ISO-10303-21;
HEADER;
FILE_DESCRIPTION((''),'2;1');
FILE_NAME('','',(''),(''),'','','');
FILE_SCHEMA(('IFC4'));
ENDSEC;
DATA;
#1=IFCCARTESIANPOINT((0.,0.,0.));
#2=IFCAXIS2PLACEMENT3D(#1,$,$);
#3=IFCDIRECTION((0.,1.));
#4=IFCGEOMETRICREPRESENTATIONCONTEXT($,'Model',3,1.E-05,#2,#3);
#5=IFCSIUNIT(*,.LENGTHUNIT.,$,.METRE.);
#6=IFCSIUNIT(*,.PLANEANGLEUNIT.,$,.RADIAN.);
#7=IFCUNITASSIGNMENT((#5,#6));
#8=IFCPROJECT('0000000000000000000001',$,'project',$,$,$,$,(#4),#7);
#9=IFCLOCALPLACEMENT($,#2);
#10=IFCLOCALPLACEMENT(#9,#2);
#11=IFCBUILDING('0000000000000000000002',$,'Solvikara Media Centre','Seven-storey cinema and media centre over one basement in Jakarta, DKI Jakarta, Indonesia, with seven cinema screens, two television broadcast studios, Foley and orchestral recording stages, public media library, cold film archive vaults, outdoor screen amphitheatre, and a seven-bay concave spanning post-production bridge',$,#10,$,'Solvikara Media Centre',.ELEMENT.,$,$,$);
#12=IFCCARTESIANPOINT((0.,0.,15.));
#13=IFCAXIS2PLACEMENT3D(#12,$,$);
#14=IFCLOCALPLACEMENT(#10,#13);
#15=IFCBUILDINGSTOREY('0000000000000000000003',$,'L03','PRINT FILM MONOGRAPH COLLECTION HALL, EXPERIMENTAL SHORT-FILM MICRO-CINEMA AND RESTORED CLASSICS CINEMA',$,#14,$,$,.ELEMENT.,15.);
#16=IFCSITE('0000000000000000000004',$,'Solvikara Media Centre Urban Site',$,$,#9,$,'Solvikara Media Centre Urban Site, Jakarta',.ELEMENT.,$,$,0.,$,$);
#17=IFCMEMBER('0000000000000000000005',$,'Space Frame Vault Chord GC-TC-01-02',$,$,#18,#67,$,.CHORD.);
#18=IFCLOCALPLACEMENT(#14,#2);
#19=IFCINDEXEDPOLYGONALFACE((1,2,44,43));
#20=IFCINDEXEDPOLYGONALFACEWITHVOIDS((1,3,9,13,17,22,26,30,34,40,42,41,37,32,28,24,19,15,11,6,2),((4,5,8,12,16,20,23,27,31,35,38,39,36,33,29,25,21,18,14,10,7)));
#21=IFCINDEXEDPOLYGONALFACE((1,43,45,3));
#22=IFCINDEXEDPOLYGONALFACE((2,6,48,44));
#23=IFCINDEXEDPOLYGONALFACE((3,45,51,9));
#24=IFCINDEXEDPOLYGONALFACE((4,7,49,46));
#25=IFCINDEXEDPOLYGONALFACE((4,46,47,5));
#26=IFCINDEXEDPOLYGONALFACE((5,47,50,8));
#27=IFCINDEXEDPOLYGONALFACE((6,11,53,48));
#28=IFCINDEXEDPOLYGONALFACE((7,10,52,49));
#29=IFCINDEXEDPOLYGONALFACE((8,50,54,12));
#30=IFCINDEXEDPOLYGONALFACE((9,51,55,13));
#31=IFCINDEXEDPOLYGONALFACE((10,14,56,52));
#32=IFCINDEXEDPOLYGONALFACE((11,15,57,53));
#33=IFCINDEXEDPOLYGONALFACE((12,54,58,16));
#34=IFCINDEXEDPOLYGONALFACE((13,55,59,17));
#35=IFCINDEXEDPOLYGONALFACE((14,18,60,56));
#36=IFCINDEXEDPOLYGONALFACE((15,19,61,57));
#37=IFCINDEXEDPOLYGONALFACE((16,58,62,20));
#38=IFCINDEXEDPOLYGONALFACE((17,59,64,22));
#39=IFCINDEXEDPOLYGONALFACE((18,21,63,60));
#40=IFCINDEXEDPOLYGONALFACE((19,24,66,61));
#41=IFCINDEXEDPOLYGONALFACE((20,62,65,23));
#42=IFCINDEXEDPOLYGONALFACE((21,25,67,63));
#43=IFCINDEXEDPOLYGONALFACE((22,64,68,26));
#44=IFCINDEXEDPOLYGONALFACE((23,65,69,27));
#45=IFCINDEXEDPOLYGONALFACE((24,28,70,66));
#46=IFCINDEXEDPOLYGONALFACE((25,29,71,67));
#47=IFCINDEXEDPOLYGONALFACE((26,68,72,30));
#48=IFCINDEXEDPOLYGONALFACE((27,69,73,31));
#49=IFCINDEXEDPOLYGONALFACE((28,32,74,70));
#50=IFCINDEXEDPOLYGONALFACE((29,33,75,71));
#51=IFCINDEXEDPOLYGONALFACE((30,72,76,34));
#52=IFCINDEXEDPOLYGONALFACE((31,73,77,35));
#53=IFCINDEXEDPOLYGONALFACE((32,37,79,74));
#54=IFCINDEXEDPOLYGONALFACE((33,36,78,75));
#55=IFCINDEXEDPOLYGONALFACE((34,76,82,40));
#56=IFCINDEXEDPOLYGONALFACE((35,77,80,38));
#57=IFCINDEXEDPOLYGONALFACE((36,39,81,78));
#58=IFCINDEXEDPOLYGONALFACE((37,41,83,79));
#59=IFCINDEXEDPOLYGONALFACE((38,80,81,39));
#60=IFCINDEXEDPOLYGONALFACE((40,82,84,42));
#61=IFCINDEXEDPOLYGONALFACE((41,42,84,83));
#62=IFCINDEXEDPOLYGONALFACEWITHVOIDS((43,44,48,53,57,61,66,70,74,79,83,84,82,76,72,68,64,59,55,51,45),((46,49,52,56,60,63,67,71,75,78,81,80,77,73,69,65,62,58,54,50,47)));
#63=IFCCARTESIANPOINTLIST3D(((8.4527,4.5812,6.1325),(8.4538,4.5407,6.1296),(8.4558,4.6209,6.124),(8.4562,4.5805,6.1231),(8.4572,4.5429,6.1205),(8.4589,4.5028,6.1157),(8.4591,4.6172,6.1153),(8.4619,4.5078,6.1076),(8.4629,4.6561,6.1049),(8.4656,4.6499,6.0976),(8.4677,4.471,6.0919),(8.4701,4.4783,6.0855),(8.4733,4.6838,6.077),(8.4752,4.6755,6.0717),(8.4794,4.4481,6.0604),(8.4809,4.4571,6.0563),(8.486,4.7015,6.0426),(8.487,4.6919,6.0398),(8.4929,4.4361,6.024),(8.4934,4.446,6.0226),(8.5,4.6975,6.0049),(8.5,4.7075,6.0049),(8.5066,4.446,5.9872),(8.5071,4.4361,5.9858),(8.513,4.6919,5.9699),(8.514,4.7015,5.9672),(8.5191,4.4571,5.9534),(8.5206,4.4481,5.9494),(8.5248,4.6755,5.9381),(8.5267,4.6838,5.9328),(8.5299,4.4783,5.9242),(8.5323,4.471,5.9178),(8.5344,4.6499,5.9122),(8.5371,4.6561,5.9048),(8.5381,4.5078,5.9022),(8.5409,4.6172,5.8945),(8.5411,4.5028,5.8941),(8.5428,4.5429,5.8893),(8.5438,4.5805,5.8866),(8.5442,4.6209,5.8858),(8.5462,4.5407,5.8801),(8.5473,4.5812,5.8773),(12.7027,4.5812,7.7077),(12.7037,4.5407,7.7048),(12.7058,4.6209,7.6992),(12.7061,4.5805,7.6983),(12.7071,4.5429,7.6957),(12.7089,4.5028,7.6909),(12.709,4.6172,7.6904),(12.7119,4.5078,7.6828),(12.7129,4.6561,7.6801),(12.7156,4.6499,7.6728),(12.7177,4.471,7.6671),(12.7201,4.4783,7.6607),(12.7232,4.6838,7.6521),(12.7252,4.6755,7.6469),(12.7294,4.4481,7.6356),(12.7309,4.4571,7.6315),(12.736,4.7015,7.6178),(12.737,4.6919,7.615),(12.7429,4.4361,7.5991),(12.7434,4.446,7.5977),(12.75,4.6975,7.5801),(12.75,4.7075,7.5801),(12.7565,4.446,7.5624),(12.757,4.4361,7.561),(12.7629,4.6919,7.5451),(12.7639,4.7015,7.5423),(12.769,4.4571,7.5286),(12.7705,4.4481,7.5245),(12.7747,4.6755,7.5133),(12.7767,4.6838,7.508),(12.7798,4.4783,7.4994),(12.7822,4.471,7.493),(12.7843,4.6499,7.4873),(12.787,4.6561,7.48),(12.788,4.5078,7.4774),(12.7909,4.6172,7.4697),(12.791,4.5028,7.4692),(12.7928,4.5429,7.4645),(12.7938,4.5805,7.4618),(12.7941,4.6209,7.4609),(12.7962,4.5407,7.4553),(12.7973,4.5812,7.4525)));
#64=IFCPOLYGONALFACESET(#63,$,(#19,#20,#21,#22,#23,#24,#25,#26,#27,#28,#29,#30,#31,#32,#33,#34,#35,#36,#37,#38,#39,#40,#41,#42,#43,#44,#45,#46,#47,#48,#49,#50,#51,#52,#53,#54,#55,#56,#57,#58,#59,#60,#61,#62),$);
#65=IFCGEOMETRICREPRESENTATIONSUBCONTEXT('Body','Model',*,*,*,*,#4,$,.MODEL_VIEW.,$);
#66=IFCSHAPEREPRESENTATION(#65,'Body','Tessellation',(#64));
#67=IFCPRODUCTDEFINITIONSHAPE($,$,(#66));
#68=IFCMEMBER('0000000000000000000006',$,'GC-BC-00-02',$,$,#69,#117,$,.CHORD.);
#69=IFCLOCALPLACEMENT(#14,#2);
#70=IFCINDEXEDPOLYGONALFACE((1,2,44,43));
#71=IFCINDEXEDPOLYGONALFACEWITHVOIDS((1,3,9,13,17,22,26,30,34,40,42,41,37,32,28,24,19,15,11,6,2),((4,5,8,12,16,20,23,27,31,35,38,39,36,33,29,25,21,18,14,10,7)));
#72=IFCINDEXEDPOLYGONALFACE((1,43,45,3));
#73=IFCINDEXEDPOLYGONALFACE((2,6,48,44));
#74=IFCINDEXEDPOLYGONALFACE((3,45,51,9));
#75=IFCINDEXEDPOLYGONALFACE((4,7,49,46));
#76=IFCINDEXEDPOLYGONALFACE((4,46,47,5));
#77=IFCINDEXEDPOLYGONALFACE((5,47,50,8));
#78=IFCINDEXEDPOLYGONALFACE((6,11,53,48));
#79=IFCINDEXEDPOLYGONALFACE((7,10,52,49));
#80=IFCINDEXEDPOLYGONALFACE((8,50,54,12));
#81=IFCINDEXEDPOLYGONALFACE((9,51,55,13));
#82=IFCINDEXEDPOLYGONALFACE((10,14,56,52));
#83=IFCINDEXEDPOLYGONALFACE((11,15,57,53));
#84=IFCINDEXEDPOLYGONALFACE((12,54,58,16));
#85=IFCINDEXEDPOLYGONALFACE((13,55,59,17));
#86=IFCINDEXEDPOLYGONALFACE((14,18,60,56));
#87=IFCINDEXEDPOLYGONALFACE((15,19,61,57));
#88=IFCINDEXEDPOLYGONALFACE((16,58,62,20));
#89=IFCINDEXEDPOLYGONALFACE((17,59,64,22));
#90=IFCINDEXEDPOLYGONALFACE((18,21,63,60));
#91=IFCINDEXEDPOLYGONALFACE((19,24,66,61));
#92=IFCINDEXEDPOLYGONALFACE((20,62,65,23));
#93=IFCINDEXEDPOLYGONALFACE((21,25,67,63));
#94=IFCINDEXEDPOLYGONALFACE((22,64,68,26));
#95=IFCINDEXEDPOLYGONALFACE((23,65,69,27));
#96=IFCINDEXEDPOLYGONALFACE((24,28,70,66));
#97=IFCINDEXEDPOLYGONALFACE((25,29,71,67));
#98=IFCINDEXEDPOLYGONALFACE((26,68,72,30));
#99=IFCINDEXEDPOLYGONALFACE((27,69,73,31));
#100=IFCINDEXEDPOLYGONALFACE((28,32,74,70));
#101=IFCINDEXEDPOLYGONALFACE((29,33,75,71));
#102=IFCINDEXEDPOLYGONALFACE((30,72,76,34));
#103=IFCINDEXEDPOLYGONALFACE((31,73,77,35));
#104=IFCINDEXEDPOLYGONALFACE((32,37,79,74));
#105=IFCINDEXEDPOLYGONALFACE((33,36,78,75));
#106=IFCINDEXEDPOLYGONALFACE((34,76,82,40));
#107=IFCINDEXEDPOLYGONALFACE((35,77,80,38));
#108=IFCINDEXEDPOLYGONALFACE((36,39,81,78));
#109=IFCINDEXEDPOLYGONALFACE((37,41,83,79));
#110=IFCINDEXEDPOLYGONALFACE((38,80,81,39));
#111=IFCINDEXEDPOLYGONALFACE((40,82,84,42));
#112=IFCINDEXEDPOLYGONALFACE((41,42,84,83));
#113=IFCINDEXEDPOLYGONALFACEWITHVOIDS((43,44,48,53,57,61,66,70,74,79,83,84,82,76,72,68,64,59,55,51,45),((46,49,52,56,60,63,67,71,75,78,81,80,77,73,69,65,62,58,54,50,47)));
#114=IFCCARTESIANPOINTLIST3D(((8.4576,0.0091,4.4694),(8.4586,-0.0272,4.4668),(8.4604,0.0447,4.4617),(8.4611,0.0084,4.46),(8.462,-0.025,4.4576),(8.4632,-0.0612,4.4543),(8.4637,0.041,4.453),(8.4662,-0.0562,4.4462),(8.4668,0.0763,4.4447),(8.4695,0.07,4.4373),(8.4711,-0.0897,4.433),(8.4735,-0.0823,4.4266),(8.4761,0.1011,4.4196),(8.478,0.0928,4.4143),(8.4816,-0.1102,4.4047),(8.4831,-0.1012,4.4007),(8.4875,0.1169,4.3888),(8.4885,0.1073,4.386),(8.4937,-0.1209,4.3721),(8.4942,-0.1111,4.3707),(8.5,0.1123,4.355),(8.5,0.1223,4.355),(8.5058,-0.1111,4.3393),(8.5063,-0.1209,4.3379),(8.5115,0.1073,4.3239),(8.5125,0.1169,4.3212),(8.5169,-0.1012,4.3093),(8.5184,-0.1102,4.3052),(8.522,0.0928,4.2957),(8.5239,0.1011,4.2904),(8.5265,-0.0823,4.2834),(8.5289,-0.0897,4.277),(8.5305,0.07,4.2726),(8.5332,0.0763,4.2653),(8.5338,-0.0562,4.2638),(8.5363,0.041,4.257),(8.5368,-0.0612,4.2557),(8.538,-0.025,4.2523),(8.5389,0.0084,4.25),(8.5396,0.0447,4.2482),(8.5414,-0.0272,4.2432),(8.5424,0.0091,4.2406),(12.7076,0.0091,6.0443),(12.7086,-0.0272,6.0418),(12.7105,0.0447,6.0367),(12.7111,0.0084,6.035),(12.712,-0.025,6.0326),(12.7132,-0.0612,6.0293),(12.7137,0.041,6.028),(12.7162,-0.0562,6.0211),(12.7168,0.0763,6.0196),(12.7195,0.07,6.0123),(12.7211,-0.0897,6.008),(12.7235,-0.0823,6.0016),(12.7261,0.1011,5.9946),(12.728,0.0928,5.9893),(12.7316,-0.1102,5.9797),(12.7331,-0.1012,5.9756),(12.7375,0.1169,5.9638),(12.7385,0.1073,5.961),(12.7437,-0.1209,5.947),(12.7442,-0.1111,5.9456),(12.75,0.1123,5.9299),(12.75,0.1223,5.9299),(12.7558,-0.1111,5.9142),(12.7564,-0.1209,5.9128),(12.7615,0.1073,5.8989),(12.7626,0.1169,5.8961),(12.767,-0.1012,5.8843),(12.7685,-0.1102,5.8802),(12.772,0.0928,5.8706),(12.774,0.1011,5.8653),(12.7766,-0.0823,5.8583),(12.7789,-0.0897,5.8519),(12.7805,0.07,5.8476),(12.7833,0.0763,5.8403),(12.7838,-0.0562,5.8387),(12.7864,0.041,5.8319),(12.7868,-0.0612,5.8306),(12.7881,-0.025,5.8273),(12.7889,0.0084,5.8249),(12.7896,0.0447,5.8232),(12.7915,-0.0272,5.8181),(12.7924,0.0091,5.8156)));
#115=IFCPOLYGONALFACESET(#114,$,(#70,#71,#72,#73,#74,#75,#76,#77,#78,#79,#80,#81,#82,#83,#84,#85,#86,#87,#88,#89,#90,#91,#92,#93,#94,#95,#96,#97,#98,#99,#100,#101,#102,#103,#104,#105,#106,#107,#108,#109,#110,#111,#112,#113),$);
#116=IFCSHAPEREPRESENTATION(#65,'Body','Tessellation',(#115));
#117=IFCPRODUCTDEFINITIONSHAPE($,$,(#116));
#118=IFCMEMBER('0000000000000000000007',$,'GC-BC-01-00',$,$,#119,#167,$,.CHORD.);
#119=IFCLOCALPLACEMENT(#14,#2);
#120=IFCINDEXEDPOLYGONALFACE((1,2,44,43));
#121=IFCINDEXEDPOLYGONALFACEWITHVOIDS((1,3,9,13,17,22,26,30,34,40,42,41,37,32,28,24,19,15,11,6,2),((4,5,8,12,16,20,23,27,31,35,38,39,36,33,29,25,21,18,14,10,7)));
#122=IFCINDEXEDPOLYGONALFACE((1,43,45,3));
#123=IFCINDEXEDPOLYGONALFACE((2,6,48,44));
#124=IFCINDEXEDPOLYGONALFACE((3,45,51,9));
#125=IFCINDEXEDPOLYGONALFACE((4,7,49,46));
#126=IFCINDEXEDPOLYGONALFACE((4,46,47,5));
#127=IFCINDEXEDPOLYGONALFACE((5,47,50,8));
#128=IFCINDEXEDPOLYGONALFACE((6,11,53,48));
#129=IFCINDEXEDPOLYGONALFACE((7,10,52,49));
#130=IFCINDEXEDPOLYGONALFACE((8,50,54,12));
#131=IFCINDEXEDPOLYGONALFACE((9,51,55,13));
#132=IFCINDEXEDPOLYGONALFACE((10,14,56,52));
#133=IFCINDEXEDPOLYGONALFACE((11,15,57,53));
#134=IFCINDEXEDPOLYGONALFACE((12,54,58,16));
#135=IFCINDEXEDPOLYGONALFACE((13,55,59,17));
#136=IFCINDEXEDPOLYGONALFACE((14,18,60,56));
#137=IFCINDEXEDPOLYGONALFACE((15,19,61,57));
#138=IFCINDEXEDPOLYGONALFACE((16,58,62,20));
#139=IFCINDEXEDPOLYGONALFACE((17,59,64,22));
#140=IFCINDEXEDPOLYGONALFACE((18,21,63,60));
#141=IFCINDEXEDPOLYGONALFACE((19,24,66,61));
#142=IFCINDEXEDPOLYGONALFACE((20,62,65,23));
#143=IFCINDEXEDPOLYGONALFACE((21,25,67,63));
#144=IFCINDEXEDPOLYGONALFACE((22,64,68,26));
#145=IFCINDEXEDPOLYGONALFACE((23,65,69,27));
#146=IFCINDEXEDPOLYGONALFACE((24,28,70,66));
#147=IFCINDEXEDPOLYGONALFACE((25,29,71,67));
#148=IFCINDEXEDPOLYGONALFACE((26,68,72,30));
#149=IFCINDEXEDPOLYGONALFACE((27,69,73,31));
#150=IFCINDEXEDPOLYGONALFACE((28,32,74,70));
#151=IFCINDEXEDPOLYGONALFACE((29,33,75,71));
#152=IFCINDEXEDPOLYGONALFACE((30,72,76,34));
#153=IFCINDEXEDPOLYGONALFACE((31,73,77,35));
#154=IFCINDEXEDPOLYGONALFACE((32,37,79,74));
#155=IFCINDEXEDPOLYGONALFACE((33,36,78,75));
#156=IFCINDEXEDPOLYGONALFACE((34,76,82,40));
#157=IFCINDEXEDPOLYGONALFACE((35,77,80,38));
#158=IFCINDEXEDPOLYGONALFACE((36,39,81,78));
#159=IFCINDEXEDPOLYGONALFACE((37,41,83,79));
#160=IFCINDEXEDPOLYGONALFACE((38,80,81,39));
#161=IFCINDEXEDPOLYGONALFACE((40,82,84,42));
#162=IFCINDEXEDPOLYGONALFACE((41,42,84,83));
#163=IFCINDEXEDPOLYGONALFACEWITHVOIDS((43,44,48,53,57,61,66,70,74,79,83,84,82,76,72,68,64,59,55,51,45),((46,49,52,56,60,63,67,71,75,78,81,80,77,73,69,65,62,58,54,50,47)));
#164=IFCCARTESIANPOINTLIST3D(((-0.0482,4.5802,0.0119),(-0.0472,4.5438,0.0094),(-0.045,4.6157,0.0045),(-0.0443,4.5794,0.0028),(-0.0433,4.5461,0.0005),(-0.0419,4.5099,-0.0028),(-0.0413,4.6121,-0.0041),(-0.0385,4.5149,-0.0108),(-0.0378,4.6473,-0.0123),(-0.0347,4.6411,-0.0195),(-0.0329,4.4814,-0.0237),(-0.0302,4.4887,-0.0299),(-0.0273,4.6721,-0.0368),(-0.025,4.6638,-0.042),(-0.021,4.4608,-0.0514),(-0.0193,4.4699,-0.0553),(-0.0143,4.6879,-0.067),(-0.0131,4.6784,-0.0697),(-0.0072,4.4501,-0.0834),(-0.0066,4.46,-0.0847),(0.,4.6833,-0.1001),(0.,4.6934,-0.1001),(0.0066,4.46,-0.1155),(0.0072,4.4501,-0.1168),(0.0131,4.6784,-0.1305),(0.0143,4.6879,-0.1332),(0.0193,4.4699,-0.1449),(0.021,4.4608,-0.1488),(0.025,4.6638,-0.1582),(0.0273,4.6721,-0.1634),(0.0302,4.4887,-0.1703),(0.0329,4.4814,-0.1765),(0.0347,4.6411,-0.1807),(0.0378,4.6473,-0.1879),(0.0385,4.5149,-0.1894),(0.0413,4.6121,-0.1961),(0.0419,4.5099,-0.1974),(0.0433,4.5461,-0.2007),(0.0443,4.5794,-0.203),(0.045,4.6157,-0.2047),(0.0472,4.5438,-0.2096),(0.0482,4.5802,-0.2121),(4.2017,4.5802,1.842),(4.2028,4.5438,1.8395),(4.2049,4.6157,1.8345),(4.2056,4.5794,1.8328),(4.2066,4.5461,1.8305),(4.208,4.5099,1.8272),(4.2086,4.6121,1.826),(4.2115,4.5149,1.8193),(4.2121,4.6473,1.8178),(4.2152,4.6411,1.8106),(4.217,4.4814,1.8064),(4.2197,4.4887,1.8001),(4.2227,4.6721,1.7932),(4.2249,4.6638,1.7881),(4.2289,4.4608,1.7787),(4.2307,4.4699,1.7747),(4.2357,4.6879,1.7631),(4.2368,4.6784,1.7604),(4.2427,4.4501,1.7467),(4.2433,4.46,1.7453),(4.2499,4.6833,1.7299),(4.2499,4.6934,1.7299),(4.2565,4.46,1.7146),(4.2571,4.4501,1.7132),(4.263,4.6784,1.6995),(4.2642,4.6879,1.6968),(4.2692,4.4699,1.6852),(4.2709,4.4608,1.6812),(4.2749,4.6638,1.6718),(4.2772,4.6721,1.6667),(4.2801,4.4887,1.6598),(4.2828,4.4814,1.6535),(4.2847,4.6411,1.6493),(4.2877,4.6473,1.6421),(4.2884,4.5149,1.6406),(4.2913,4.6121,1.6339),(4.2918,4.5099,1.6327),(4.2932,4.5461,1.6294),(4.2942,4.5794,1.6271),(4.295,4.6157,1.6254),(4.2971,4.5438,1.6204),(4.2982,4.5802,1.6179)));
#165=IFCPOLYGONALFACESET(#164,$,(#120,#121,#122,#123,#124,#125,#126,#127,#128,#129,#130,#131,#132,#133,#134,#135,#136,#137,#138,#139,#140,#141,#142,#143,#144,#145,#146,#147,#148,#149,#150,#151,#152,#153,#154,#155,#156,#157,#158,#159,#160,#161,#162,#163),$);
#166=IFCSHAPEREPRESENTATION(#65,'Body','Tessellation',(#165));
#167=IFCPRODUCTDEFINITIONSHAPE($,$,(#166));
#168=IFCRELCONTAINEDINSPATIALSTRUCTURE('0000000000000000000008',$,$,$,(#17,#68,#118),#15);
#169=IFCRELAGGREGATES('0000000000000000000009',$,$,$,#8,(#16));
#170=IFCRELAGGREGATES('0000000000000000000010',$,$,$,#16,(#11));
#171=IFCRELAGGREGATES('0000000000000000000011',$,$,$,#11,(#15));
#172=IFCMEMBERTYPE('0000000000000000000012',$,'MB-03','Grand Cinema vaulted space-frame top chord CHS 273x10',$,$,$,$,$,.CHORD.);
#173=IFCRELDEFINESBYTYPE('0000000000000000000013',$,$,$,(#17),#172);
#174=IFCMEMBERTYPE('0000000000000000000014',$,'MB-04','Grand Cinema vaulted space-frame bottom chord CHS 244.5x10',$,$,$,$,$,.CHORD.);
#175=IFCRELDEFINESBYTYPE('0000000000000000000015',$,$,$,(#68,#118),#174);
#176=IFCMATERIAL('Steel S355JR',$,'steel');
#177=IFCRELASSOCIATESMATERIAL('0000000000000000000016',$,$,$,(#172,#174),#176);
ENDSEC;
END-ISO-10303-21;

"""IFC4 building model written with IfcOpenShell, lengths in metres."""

from ifc_helpers import new_model, si_unit, direction, frame, origin, origin_2d, place, context, subcontext, project, spatial, hollow_circle, extrude, material, material_profile, profile_set, type_object, element, save


model = new_model("IFC4")

# Units and contexts
model_context = context("Model", 3, precision=1e-05, world=origin(), true_north=direction((0.0, 1.0)))
body_context = subcontext(model_context, "Body", "Model", "MODEL_VIEW")
ifc_project = project(units=[si_unit("LENGTHUNIT", "METRE"), si_unit("PLANEANGLEUNIT", "RADIAN")], contexts=[model_context])

# Site, building, storey
site_placement = place(None, origin())
site = spatial("IfcSite", under=ifc_project, at=site_placement, Name="Solvikara Media Centre Urban Site", LongName="Solvikara Media Centre Urban Site, Jakarta", CompositionType="ELEMENT", RefElevation=0.0)
building_placement = place(site_placement, origin())
building = spatial("IfcBuilding", under=site, at=building_placement, Name="Solvikara Media Centre", Description="Seven-storey cinema and media centre over one basement in Jakarta, DKI Jakarta, Indonesia, with seven cinema screens, two television broadcast studios, Foley and orchestral recording stages, public media library, cold film archive vaults, outdoor screen amphitheatre, and a seven-bay concave spanning post-production bridge", LongName="Solvikara Media Centre", CompositionType="ELEMENT")
storey_placement = place(building_placement, frame((0.0, 0.0, 15.0)))
storey = spatial("IfcBuildingStorey", under=building, at=storey_placement, Name="L03", Description="PRINT FILM MONOGRAPH COLLECTION HALL, EXPERIMENTAL SHORT-FILM MICRO-CINEMA AND RESTORED CLASSICS CINEMA", CompositionType="ELEMENT", Elevation=15.0)

# Shared definitions
ifc_material_1 = material(Name="Steel S355JR", Category="steel")

# Members
ifc_material_profile_1 = material_profile(ifc_material_1, hollow_circle(Radius=0.1365, WallThickness=0.01, at=origin_2d()), Name="CHS 273x10")
ifc_profile_set_1 = profile_set([ifc_material_profile_1], Name="Steel S355JR")
member_type_1 = type_object("IfcMemberType", Name="MB-03", Description="Grand Cinema vaulted space-frame top chord CHS 273x10", PredefinedType="CHORD", material=ifc_profile_set_1)
member_1_placement = place(storey_placement, frame((8.5, 4.571, 6.0049), z_axis=(0.937668, 0.0, 0.347532), x_axis=(0.0, 1.0, 0.0)))
element("IfcMember", 1, at=member_1_placement, inside=storey, type_object=member_type_1, Name="Space Frame Vault Chord GC-TC-01-02", PredefinedType="CHORD", context=body_context, shape_type="SweptSolid", body=[
    extrude(hollow_circle(Radius=0.1365, WallThickness=0.01, at=origin_2d()), origin(), (0.0, 0.0, 1.0), 4.5325),
])
ifc_material_profile_2 = material_profile(ifc_material_1, hollow_circle(Radius=0.1223, WallThickness=0.01, at=origin_2d()), Name="CHS 244.5x10")
ifc_profile_set_2 = profile_set([ifc_material_profile_2], Name="Steel S355JR")
member_type_2 = type_object("IfcMemberType", Name="MB-04", Description="Grand Cinema vaulted space-frame bottom chord CHS 244.5x10", PredefinedType="CHORD", material=ifc_profile_set_2)
member_2_placement = place(storey_placement, frame((8.5, 0.0, 4.355), z_axis=(0.937686, 0.0, 0.347485), x_axis=(0.0, 1.0, 0.0)))
element("IfcMember", 2, at=member_2_placement, inside=storey, type_object=member_type_2, Name="GC-BC-00-02", PredefinedType="CHORD", context=body_context, shape_type="SweptSolid", body=[
    extrude(hollow_circle(Radius=0.1223, WallThickness=0.01, at=origin_2d()), origin(), (0.0, 0.0, 1.0), 4.5325),
])
member_3_placement = place(storey_placement, frame((0.0, 4.571, -0.1001), z_axis=(0.918467, 0.0, 0.395498), x_axis=(0.0, 1.0, 0.0)))
element("IfcMember", 3, at=member_3_placement, inside=storey, type_object=member_type_2, Name="GC-BC-01-00", PredefinedType="CHORD", context=body_context, shape_type="SweptSolid", body=[
    extrude(hollow_circle(Radius=0.1223, WallThickness=0.01, at=origin_2d()), origin(), (0.0, 0.0, 1.0), 4.6272),
])

save(model, "model.ifc")
